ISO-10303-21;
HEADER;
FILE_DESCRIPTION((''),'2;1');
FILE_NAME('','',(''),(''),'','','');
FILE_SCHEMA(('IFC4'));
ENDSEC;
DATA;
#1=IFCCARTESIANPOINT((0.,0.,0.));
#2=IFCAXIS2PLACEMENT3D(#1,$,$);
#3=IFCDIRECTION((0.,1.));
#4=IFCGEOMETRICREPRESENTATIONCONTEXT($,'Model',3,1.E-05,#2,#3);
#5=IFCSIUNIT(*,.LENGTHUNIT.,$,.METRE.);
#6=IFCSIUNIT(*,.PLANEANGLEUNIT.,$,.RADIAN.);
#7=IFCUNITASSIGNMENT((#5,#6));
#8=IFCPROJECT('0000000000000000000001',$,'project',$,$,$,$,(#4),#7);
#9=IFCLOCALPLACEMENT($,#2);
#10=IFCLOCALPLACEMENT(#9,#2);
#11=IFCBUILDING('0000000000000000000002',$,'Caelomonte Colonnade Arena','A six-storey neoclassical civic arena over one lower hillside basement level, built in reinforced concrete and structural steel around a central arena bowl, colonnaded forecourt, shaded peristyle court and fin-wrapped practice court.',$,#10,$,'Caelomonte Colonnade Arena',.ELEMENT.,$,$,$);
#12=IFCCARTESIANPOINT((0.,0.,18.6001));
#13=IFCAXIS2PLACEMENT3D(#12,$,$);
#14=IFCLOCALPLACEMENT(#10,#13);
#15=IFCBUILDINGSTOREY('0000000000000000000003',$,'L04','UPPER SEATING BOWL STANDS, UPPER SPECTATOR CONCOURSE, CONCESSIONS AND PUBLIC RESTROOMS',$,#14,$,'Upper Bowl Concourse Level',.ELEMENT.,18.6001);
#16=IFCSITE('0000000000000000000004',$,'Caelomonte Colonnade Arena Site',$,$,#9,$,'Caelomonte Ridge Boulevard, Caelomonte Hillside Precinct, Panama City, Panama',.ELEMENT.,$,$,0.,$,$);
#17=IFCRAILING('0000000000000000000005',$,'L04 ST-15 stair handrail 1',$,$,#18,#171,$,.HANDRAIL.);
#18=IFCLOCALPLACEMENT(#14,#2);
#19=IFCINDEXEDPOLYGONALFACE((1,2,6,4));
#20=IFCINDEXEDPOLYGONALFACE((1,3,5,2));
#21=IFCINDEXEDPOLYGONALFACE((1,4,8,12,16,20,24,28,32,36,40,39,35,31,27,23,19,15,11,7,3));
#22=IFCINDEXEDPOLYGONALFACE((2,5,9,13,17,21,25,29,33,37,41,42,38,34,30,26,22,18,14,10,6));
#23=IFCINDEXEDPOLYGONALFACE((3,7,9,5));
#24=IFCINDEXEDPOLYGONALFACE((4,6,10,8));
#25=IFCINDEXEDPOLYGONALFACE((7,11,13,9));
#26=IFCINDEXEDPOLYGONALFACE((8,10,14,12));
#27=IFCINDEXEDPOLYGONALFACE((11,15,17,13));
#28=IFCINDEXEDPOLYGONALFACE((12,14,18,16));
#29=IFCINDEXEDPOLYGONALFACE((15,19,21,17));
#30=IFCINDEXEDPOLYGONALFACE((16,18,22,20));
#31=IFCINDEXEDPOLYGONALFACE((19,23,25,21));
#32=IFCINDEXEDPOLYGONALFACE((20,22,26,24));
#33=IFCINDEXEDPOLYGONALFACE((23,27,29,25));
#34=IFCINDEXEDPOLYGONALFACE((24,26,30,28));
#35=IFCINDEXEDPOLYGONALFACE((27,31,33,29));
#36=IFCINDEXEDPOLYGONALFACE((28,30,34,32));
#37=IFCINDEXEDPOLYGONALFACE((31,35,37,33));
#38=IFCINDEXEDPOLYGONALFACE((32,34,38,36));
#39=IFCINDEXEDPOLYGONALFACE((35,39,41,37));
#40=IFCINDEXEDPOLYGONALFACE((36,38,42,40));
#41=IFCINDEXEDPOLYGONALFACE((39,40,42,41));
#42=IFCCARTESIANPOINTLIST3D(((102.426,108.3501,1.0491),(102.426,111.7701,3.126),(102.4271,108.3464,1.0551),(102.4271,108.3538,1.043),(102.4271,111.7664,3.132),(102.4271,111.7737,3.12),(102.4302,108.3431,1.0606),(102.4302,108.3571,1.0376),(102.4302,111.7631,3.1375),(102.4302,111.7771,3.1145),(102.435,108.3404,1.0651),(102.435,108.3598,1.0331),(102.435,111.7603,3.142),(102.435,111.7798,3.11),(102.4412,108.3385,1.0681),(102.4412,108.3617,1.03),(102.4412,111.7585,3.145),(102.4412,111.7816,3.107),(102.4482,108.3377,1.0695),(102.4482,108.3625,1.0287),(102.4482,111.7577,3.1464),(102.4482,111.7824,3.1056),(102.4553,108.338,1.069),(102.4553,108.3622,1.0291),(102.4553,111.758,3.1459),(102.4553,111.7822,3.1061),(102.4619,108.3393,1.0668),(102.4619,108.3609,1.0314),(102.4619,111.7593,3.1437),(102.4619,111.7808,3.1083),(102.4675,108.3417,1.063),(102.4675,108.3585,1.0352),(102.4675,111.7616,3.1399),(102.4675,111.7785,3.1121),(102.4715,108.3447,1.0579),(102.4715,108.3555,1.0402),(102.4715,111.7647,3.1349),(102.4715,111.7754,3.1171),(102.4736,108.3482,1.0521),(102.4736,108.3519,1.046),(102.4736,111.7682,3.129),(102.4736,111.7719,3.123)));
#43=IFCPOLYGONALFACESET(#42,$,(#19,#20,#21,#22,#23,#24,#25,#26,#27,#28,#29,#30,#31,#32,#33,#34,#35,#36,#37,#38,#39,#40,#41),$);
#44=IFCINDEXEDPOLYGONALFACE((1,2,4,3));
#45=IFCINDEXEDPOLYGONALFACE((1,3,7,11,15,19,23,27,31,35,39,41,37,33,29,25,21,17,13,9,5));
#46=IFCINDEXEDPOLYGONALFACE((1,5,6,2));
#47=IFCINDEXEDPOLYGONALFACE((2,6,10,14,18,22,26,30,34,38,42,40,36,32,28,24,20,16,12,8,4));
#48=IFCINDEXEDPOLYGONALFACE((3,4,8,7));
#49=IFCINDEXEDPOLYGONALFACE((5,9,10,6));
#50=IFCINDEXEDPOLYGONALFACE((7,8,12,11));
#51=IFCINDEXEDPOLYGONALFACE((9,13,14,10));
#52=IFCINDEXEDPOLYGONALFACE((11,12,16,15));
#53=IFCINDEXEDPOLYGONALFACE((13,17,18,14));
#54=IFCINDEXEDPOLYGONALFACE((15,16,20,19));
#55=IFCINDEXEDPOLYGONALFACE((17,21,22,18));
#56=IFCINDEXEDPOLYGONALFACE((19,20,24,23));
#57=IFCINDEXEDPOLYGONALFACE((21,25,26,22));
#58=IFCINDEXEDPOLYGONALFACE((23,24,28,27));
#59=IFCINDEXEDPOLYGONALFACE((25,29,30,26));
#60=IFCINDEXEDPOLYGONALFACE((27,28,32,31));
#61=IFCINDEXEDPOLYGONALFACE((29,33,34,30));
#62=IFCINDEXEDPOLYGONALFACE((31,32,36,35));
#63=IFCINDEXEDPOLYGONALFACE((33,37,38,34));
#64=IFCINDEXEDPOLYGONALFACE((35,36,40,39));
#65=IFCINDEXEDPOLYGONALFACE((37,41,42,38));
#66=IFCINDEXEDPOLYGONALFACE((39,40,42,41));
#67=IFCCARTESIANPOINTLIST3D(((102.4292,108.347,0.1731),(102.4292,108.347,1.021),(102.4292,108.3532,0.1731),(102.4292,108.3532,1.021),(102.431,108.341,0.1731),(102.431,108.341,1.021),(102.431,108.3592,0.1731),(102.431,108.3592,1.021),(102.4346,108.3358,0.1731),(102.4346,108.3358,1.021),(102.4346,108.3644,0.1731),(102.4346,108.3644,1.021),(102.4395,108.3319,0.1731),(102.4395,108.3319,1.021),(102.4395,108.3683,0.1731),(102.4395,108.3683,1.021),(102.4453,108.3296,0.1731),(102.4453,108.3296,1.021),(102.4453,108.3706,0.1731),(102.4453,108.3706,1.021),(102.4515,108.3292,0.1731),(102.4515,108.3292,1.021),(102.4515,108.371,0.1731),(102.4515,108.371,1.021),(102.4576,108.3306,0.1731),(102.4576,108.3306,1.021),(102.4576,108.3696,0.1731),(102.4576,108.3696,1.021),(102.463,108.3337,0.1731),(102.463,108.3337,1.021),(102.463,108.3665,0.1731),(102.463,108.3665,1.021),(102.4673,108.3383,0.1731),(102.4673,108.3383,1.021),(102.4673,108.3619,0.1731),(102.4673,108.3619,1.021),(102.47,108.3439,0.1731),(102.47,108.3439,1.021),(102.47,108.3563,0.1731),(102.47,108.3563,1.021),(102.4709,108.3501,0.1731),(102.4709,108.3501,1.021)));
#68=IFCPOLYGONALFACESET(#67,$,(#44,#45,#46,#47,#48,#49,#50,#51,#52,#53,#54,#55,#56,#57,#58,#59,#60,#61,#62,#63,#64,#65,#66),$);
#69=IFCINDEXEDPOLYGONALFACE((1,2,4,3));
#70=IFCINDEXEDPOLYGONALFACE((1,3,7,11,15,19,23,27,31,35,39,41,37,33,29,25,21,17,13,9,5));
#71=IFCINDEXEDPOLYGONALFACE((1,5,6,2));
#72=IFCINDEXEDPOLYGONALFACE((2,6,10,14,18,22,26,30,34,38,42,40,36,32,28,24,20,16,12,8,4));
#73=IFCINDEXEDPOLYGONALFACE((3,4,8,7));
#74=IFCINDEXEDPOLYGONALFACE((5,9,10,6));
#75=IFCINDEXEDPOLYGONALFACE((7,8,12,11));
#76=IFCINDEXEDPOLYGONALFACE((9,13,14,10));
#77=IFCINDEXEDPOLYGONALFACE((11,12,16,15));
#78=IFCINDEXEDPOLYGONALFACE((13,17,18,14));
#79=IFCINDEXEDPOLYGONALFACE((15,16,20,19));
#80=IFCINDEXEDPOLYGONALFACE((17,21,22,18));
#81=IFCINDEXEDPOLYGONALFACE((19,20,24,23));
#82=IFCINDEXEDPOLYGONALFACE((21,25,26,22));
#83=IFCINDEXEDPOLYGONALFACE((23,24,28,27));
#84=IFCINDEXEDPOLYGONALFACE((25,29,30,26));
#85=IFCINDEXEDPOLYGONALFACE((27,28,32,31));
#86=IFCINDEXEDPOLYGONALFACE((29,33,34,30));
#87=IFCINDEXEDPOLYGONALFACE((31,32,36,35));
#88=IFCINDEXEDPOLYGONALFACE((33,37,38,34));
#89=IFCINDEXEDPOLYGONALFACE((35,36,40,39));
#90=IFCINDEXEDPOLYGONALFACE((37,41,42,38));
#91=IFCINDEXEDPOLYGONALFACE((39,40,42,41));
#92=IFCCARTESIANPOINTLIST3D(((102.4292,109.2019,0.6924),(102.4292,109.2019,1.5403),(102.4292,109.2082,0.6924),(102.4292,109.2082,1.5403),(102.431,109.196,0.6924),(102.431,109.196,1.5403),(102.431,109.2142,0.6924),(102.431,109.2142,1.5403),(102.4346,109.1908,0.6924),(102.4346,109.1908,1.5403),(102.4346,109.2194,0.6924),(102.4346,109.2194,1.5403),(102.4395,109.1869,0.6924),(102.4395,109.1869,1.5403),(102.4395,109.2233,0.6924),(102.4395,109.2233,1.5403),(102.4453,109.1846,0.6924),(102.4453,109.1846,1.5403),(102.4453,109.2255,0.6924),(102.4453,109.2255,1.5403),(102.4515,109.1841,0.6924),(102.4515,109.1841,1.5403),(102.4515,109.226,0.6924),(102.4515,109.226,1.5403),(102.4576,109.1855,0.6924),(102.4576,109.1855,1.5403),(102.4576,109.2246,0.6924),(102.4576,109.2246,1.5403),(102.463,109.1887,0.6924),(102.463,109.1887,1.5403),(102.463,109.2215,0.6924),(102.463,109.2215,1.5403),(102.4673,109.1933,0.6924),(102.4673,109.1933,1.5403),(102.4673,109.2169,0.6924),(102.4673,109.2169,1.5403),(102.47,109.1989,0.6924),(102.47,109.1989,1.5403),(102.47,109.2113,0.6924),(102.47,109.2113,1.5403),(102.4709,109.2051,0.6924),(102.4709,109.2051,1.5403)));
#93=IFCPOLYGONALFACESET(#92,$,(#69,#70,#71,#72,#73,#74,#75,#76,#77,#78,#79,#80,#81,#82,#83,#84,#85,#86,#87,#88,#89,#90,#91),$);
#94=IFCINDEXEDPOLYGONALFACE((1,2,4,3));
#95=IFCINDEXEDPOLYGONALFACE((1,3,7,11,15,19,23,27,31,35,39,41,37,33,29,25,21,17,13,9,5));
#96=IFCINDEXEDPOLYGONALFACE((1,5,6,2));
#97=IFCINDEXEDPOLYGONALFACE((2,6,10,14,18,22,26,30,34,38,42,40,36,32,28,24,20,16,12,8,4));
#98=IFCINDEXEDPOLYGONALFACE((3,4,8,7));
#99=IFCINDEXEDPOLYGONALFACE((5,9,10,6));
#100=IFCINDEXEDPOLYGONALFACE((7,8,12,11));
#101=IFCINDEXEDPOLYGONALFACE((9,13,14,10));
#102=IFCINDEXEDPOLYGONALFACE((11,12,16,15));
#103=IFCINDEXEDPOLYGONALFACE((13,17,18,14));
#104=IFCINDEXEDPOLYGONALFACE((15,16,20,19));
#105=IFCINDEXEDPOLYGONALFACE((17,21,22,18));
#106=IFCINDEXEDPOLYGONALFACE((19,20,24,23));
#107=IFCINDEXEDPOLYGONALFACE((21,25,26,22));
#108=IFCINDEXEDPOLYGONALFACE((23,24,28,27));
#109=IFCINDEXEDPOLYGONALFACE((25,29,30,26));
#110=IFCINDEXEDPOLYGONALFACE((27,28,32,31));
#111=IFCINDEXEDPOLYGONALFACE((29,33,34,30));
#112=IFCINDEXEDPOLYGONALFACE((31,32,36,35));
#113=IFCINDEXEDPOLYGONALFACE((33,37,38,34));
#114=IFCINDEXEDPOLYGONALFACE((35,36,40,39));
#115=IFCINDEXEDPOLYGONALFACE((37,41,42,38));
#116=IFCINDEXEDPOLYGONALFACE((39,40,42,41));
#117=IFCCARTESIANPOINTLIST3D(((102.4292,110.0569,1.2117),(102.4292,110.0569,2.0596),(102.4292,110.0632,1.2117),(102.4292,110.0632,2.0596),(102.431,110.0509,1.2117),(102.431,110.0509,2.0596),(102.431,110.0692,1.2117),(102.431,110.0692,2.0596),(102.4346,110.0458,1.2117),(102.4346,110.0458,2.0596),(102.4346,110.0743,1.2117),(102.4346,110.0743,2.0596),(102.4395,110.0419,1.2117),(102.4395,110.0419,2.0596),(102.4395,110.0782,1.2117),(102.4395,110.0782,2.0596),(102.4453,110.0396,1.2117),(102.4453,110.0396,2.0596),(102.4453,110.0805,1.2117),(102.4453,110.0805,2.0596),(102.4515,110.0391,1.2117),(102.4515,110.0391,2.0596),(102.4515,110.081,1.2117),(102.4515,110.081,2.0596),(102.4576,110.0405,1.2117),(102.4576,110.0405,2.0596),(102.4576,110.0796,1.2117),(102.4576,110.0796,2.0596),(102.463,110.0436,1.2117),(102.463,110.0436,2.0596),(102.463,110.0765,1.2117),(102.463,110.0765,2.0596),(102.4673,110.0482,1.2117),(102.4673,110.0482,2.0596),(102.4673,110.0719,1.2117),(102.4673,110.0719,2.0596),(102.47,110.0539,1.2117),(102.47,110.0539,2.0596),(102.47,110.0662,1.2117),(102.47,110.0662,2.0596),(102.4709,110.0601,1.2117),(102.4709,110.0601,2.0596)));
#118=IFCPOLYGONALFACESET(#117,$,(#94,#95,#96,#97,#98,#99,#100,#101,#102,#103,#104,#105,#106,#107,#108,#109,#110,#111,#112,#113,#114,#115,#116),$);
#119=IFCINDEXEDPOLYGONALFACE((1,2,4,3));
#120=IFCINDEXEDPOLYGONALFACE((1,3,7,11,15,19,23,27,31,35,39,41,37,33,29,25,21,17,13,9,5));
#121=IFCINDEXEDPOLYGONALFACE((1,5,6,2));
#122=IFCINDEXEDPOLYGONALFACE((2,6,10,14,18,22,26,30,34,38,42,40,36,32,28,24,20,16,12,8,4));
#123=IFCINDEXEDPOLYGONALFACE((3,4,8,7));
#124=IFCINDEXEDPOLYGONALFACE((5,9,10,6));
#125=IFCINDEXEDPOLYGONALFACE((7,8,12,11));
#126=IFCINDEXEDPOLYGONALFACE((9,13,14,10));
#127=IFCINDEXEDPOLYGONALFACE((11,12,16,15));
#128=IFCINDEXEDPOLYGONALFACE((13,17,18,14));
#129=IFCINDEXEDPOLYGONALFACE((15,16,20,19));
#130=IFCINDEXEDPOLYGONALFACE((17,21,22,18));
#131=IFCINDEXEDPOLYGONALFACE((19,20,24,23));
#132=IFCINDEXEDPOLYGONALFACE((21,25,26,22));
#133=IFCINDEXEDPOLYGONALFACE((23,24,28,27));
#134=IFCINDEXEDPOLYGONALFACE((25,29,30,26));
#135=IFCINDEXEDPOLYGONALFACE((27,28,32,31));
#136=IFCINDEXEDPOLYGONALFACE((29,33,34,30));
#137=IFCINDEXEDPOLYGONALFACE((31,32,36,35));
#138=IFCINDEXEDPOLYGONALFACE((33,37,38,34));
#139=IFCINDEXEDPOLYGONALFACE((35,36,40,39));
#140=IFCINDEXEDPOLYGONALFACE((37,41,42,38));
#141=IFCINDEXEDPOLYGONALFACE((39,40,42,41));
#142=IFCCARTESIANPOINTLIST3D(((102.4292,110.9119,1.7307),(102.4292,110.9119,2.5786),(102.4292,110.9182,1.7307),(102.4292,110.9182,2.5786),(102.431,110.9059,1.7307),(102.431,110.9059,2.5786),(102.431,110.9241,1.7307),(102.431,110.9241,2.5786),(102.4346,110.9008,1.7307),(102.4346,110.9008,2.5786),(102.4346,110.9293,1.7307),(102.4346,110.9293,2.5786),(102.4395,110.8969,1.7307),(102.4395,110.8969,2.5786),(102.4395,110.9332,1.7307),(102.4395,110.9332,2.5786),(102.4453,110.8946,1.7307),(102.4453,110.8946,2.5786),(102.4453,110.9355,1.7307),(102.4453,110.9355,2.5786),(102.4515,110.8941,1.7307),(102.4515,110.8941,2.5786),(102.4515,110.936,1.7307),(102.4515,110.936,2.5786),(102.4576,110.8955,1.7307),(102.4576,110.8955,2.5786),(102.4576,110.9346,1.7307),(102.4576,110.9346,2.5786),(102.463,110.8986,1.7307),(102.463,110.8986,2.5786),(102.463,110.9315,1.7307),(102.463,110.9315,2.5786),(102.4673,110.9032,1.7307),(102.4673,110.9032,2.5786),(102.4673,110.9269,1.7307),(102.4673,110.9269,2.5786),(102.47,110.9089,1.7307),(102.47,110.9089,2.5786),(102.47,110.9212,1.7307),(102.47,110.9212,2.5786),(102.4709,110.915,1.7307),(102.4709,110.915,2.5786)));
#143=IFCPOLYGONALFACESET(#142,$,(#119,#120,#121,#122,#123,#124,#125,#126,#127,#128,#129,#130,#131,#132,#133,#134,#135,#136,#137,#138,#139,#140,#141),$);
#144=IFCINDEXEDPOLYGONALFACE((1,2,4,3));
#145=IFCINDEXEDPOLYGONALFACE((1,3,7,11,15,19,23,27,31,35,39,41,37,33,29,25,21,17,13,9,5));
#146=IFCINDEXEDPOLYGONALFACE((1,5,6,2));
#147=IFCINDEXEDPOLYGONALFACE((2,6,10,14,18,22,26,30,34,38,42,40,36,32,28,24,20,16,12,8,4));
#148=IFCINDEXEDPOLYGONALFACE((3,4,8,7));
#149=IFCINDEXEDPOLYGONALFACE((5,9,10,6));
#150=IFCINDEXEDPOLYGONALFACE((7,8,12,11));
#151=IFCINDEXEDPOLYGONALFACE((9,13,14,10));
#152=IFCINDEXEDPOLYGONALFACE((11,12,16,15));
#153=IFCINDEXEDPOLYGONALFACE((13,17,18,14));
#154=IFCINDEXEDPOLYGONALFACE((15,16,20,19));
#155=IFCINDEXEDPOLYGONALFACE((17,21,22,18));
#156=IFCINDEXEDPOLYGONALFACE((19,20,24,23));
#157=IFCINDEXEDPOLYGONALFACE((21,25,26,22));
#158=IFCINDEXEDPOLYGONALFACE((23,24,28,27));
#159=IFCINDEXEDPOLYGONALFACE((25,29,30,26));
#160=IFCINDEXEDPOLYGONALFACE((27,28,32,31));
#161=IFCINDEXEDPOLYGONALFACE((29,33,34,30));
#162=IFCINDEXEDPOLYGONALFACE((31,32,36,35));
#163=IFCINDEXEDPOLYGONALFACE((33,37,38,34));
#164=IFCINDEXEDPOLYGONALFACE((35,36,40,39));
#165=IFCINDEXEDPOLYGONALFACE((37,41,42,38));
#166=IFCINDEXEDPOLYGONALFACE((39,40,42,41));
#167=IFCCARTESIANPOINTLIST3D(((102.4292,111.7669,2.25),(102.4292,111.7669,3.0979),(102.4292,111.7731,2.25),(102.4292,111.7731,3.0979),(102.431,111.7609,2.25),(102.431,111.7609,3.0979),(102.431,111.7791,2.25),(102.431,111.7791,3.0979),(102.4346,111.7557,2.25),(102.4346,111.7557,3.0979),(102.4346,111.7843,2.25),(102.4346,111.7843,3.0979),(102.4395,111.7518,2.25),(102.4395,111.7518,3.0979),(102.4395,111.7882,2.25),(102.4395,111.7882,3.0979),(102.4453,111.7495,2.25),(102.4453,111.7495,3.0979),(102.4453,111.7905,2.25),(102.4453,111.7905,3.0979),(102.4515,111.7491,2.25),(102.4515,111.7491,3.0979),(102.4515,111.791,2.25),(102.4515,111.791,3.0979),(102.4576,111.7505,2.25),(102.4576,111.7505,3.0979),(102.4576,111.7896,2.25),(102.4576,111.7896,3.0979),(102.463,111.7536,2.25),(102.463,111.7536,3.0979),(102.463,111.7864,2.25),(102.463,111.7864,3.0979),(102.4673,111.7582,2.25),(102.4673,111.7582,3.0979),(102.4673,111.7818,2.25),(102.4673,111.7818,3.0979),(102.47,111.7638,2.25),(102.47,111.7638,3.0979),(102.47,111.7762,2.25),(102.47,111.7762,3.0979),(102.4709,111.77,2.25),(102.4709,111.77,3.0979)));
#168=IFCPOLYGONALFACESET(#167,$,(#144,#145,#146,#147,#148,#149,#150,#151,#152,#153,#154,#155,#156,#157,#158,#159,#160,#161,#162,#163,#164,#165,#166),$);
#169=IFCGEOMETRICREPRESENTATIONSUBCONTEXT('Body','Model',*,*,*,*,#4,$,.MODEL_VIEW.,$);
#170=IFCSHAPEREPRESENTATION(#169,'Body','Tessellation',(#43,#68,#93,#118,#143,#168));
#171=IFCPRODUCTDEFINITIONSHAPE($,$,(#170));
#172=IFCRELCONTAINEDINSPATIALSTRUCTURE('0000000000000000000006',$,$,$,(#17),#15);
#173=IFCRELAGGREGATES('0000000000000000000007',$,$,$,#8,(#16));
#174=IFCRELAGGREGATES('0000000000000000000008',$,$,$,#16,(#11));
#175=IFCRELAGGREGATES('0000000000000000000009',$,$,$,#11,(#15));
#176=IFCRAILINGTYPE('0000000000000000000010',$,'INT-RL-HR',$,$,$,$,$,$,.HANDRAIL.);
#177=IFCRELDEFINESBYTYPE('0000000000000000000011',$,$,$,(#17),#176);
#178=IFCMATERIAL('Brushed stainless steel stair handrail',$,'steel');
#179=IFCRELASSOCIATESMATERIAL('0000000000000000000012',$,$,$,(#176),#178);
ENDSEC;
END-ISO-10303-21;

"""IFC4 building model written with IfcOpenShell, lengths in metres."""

from ifc_helpers import new_model, si_unit, direction, frame, origin, origin_2d, place, context, subcontext, project, spatial, circle, extrude, material, type_object, element, save


model = new_model("IFC4")

# Units and contexts
model_context = context("Model", 3, precision=1e-05, world=origin(), true_north=direction((0.0, 1.0)))
body_context = subcontext(model_context, "Body", "Model", "MODEL_VIEW")
ifc_project = project(units=[si_unit("LENGTHUNIT", "METRE"), si_unit("PLANEANGLEUNIT", "RADIAN")], contexts=[model_context])

# Site, building, storey
site_placement = place(None, origin())
site = spatial("IfcSite", under=ifc_project, at=site_placement, Name="Caelomonte Colonnade Arena Site", LongName="Caelomonte Ridge Boulevard, Caelomonte Hillside Precinct, Panama City, Panama", CompositionType="ELEMENT", RefElevation=0.0)
building_placement = place(site_placement, origin())
building = spatial("IfcBuilding", under=site, at=building_placement, Name="Caelomonte Colonnade Arena", Description="A six-storey neoclassical civic arena over one lower hillside basement level, built in reinforced concrete and structural steel around a central arena bowl, colonnaded forecourt, shaded peristyle court and fin-wrapped practice court.", LongName="Caelomonte Colonnade Arena", CompositionType="ELEMENT")
storey_placement = place(building_placement, frame((0.0, 0.0, 18.6001)))
storey = spatial("IfcBuildingStorey", under=building, at=storey_placement, Name="L04", Description="UPPER SEATING BOWL STANDS, UPPER SPECTATOR CONCOURSE, CONCESSIONS AND PUBLIC RESTROOMS", LongName="Upper Bowl Concourse Level", CompositionType="ELEMENT", Elevation=18.6001)

# Railing
ifc_material_1 = material(Name="Brushed stainless steel stair handrail", Category="steel")
railing_type_1 = type_object("IfcRailingType", Name="INT-RL-HR", PredefinedType="HANDRAIL", material=ifc_material_1)
railing_1_placement = place(storey_placement, frame((102.45, 108.3501, 0.1731)))
element("IfcRailing", 1, at=railing_1_placement, inside=storey, type_object=railing_type_1, Name="L04 ST-15 stair handrail 1", PredefinedType="HANDRAIL", context=body_context, shape_type="SweptSolid", body=[
    extrude(circle(Radius=0.0239, at=origin_2d()), frame((0.0, 0.0, 0.876), z_axis=(0.0, 0.85473, 0.519074), x_axis=(-1.0, 0.0, 0.0)), (0.0, 0.0, 1.0), 4.0012),
    extrude(circle(Radius=0.021, at=origin_2d()), origin(), (0.0, 0.0, 1.0), 0.8479),
    extrude(circle(Radius=0.021, at=origin_2d()), frame((0.0, 0.855, 0.5193)), (0.0, 0.0, 1.0), 0.8479),
    extrude(circle(Radius=0.021, at=origin_2d()), frame((0.0, 1.71, 1.0386)), (0.0, 0.0, 1.0), 0.8479),
    extrude(circle(Radius=0.021, at=origin_2d()), frame((0.0, 2.5649, 1.5576)), (0.0, 0.0, 1.0), 0.8479),
    extrude(circle(Radius=0.021, at=origin_2d()), frame((0.0, 3.4199, 2.0769)), (0.0, 0.0, 1.0), 0.8479),
])

save(model, "model.ifc")
